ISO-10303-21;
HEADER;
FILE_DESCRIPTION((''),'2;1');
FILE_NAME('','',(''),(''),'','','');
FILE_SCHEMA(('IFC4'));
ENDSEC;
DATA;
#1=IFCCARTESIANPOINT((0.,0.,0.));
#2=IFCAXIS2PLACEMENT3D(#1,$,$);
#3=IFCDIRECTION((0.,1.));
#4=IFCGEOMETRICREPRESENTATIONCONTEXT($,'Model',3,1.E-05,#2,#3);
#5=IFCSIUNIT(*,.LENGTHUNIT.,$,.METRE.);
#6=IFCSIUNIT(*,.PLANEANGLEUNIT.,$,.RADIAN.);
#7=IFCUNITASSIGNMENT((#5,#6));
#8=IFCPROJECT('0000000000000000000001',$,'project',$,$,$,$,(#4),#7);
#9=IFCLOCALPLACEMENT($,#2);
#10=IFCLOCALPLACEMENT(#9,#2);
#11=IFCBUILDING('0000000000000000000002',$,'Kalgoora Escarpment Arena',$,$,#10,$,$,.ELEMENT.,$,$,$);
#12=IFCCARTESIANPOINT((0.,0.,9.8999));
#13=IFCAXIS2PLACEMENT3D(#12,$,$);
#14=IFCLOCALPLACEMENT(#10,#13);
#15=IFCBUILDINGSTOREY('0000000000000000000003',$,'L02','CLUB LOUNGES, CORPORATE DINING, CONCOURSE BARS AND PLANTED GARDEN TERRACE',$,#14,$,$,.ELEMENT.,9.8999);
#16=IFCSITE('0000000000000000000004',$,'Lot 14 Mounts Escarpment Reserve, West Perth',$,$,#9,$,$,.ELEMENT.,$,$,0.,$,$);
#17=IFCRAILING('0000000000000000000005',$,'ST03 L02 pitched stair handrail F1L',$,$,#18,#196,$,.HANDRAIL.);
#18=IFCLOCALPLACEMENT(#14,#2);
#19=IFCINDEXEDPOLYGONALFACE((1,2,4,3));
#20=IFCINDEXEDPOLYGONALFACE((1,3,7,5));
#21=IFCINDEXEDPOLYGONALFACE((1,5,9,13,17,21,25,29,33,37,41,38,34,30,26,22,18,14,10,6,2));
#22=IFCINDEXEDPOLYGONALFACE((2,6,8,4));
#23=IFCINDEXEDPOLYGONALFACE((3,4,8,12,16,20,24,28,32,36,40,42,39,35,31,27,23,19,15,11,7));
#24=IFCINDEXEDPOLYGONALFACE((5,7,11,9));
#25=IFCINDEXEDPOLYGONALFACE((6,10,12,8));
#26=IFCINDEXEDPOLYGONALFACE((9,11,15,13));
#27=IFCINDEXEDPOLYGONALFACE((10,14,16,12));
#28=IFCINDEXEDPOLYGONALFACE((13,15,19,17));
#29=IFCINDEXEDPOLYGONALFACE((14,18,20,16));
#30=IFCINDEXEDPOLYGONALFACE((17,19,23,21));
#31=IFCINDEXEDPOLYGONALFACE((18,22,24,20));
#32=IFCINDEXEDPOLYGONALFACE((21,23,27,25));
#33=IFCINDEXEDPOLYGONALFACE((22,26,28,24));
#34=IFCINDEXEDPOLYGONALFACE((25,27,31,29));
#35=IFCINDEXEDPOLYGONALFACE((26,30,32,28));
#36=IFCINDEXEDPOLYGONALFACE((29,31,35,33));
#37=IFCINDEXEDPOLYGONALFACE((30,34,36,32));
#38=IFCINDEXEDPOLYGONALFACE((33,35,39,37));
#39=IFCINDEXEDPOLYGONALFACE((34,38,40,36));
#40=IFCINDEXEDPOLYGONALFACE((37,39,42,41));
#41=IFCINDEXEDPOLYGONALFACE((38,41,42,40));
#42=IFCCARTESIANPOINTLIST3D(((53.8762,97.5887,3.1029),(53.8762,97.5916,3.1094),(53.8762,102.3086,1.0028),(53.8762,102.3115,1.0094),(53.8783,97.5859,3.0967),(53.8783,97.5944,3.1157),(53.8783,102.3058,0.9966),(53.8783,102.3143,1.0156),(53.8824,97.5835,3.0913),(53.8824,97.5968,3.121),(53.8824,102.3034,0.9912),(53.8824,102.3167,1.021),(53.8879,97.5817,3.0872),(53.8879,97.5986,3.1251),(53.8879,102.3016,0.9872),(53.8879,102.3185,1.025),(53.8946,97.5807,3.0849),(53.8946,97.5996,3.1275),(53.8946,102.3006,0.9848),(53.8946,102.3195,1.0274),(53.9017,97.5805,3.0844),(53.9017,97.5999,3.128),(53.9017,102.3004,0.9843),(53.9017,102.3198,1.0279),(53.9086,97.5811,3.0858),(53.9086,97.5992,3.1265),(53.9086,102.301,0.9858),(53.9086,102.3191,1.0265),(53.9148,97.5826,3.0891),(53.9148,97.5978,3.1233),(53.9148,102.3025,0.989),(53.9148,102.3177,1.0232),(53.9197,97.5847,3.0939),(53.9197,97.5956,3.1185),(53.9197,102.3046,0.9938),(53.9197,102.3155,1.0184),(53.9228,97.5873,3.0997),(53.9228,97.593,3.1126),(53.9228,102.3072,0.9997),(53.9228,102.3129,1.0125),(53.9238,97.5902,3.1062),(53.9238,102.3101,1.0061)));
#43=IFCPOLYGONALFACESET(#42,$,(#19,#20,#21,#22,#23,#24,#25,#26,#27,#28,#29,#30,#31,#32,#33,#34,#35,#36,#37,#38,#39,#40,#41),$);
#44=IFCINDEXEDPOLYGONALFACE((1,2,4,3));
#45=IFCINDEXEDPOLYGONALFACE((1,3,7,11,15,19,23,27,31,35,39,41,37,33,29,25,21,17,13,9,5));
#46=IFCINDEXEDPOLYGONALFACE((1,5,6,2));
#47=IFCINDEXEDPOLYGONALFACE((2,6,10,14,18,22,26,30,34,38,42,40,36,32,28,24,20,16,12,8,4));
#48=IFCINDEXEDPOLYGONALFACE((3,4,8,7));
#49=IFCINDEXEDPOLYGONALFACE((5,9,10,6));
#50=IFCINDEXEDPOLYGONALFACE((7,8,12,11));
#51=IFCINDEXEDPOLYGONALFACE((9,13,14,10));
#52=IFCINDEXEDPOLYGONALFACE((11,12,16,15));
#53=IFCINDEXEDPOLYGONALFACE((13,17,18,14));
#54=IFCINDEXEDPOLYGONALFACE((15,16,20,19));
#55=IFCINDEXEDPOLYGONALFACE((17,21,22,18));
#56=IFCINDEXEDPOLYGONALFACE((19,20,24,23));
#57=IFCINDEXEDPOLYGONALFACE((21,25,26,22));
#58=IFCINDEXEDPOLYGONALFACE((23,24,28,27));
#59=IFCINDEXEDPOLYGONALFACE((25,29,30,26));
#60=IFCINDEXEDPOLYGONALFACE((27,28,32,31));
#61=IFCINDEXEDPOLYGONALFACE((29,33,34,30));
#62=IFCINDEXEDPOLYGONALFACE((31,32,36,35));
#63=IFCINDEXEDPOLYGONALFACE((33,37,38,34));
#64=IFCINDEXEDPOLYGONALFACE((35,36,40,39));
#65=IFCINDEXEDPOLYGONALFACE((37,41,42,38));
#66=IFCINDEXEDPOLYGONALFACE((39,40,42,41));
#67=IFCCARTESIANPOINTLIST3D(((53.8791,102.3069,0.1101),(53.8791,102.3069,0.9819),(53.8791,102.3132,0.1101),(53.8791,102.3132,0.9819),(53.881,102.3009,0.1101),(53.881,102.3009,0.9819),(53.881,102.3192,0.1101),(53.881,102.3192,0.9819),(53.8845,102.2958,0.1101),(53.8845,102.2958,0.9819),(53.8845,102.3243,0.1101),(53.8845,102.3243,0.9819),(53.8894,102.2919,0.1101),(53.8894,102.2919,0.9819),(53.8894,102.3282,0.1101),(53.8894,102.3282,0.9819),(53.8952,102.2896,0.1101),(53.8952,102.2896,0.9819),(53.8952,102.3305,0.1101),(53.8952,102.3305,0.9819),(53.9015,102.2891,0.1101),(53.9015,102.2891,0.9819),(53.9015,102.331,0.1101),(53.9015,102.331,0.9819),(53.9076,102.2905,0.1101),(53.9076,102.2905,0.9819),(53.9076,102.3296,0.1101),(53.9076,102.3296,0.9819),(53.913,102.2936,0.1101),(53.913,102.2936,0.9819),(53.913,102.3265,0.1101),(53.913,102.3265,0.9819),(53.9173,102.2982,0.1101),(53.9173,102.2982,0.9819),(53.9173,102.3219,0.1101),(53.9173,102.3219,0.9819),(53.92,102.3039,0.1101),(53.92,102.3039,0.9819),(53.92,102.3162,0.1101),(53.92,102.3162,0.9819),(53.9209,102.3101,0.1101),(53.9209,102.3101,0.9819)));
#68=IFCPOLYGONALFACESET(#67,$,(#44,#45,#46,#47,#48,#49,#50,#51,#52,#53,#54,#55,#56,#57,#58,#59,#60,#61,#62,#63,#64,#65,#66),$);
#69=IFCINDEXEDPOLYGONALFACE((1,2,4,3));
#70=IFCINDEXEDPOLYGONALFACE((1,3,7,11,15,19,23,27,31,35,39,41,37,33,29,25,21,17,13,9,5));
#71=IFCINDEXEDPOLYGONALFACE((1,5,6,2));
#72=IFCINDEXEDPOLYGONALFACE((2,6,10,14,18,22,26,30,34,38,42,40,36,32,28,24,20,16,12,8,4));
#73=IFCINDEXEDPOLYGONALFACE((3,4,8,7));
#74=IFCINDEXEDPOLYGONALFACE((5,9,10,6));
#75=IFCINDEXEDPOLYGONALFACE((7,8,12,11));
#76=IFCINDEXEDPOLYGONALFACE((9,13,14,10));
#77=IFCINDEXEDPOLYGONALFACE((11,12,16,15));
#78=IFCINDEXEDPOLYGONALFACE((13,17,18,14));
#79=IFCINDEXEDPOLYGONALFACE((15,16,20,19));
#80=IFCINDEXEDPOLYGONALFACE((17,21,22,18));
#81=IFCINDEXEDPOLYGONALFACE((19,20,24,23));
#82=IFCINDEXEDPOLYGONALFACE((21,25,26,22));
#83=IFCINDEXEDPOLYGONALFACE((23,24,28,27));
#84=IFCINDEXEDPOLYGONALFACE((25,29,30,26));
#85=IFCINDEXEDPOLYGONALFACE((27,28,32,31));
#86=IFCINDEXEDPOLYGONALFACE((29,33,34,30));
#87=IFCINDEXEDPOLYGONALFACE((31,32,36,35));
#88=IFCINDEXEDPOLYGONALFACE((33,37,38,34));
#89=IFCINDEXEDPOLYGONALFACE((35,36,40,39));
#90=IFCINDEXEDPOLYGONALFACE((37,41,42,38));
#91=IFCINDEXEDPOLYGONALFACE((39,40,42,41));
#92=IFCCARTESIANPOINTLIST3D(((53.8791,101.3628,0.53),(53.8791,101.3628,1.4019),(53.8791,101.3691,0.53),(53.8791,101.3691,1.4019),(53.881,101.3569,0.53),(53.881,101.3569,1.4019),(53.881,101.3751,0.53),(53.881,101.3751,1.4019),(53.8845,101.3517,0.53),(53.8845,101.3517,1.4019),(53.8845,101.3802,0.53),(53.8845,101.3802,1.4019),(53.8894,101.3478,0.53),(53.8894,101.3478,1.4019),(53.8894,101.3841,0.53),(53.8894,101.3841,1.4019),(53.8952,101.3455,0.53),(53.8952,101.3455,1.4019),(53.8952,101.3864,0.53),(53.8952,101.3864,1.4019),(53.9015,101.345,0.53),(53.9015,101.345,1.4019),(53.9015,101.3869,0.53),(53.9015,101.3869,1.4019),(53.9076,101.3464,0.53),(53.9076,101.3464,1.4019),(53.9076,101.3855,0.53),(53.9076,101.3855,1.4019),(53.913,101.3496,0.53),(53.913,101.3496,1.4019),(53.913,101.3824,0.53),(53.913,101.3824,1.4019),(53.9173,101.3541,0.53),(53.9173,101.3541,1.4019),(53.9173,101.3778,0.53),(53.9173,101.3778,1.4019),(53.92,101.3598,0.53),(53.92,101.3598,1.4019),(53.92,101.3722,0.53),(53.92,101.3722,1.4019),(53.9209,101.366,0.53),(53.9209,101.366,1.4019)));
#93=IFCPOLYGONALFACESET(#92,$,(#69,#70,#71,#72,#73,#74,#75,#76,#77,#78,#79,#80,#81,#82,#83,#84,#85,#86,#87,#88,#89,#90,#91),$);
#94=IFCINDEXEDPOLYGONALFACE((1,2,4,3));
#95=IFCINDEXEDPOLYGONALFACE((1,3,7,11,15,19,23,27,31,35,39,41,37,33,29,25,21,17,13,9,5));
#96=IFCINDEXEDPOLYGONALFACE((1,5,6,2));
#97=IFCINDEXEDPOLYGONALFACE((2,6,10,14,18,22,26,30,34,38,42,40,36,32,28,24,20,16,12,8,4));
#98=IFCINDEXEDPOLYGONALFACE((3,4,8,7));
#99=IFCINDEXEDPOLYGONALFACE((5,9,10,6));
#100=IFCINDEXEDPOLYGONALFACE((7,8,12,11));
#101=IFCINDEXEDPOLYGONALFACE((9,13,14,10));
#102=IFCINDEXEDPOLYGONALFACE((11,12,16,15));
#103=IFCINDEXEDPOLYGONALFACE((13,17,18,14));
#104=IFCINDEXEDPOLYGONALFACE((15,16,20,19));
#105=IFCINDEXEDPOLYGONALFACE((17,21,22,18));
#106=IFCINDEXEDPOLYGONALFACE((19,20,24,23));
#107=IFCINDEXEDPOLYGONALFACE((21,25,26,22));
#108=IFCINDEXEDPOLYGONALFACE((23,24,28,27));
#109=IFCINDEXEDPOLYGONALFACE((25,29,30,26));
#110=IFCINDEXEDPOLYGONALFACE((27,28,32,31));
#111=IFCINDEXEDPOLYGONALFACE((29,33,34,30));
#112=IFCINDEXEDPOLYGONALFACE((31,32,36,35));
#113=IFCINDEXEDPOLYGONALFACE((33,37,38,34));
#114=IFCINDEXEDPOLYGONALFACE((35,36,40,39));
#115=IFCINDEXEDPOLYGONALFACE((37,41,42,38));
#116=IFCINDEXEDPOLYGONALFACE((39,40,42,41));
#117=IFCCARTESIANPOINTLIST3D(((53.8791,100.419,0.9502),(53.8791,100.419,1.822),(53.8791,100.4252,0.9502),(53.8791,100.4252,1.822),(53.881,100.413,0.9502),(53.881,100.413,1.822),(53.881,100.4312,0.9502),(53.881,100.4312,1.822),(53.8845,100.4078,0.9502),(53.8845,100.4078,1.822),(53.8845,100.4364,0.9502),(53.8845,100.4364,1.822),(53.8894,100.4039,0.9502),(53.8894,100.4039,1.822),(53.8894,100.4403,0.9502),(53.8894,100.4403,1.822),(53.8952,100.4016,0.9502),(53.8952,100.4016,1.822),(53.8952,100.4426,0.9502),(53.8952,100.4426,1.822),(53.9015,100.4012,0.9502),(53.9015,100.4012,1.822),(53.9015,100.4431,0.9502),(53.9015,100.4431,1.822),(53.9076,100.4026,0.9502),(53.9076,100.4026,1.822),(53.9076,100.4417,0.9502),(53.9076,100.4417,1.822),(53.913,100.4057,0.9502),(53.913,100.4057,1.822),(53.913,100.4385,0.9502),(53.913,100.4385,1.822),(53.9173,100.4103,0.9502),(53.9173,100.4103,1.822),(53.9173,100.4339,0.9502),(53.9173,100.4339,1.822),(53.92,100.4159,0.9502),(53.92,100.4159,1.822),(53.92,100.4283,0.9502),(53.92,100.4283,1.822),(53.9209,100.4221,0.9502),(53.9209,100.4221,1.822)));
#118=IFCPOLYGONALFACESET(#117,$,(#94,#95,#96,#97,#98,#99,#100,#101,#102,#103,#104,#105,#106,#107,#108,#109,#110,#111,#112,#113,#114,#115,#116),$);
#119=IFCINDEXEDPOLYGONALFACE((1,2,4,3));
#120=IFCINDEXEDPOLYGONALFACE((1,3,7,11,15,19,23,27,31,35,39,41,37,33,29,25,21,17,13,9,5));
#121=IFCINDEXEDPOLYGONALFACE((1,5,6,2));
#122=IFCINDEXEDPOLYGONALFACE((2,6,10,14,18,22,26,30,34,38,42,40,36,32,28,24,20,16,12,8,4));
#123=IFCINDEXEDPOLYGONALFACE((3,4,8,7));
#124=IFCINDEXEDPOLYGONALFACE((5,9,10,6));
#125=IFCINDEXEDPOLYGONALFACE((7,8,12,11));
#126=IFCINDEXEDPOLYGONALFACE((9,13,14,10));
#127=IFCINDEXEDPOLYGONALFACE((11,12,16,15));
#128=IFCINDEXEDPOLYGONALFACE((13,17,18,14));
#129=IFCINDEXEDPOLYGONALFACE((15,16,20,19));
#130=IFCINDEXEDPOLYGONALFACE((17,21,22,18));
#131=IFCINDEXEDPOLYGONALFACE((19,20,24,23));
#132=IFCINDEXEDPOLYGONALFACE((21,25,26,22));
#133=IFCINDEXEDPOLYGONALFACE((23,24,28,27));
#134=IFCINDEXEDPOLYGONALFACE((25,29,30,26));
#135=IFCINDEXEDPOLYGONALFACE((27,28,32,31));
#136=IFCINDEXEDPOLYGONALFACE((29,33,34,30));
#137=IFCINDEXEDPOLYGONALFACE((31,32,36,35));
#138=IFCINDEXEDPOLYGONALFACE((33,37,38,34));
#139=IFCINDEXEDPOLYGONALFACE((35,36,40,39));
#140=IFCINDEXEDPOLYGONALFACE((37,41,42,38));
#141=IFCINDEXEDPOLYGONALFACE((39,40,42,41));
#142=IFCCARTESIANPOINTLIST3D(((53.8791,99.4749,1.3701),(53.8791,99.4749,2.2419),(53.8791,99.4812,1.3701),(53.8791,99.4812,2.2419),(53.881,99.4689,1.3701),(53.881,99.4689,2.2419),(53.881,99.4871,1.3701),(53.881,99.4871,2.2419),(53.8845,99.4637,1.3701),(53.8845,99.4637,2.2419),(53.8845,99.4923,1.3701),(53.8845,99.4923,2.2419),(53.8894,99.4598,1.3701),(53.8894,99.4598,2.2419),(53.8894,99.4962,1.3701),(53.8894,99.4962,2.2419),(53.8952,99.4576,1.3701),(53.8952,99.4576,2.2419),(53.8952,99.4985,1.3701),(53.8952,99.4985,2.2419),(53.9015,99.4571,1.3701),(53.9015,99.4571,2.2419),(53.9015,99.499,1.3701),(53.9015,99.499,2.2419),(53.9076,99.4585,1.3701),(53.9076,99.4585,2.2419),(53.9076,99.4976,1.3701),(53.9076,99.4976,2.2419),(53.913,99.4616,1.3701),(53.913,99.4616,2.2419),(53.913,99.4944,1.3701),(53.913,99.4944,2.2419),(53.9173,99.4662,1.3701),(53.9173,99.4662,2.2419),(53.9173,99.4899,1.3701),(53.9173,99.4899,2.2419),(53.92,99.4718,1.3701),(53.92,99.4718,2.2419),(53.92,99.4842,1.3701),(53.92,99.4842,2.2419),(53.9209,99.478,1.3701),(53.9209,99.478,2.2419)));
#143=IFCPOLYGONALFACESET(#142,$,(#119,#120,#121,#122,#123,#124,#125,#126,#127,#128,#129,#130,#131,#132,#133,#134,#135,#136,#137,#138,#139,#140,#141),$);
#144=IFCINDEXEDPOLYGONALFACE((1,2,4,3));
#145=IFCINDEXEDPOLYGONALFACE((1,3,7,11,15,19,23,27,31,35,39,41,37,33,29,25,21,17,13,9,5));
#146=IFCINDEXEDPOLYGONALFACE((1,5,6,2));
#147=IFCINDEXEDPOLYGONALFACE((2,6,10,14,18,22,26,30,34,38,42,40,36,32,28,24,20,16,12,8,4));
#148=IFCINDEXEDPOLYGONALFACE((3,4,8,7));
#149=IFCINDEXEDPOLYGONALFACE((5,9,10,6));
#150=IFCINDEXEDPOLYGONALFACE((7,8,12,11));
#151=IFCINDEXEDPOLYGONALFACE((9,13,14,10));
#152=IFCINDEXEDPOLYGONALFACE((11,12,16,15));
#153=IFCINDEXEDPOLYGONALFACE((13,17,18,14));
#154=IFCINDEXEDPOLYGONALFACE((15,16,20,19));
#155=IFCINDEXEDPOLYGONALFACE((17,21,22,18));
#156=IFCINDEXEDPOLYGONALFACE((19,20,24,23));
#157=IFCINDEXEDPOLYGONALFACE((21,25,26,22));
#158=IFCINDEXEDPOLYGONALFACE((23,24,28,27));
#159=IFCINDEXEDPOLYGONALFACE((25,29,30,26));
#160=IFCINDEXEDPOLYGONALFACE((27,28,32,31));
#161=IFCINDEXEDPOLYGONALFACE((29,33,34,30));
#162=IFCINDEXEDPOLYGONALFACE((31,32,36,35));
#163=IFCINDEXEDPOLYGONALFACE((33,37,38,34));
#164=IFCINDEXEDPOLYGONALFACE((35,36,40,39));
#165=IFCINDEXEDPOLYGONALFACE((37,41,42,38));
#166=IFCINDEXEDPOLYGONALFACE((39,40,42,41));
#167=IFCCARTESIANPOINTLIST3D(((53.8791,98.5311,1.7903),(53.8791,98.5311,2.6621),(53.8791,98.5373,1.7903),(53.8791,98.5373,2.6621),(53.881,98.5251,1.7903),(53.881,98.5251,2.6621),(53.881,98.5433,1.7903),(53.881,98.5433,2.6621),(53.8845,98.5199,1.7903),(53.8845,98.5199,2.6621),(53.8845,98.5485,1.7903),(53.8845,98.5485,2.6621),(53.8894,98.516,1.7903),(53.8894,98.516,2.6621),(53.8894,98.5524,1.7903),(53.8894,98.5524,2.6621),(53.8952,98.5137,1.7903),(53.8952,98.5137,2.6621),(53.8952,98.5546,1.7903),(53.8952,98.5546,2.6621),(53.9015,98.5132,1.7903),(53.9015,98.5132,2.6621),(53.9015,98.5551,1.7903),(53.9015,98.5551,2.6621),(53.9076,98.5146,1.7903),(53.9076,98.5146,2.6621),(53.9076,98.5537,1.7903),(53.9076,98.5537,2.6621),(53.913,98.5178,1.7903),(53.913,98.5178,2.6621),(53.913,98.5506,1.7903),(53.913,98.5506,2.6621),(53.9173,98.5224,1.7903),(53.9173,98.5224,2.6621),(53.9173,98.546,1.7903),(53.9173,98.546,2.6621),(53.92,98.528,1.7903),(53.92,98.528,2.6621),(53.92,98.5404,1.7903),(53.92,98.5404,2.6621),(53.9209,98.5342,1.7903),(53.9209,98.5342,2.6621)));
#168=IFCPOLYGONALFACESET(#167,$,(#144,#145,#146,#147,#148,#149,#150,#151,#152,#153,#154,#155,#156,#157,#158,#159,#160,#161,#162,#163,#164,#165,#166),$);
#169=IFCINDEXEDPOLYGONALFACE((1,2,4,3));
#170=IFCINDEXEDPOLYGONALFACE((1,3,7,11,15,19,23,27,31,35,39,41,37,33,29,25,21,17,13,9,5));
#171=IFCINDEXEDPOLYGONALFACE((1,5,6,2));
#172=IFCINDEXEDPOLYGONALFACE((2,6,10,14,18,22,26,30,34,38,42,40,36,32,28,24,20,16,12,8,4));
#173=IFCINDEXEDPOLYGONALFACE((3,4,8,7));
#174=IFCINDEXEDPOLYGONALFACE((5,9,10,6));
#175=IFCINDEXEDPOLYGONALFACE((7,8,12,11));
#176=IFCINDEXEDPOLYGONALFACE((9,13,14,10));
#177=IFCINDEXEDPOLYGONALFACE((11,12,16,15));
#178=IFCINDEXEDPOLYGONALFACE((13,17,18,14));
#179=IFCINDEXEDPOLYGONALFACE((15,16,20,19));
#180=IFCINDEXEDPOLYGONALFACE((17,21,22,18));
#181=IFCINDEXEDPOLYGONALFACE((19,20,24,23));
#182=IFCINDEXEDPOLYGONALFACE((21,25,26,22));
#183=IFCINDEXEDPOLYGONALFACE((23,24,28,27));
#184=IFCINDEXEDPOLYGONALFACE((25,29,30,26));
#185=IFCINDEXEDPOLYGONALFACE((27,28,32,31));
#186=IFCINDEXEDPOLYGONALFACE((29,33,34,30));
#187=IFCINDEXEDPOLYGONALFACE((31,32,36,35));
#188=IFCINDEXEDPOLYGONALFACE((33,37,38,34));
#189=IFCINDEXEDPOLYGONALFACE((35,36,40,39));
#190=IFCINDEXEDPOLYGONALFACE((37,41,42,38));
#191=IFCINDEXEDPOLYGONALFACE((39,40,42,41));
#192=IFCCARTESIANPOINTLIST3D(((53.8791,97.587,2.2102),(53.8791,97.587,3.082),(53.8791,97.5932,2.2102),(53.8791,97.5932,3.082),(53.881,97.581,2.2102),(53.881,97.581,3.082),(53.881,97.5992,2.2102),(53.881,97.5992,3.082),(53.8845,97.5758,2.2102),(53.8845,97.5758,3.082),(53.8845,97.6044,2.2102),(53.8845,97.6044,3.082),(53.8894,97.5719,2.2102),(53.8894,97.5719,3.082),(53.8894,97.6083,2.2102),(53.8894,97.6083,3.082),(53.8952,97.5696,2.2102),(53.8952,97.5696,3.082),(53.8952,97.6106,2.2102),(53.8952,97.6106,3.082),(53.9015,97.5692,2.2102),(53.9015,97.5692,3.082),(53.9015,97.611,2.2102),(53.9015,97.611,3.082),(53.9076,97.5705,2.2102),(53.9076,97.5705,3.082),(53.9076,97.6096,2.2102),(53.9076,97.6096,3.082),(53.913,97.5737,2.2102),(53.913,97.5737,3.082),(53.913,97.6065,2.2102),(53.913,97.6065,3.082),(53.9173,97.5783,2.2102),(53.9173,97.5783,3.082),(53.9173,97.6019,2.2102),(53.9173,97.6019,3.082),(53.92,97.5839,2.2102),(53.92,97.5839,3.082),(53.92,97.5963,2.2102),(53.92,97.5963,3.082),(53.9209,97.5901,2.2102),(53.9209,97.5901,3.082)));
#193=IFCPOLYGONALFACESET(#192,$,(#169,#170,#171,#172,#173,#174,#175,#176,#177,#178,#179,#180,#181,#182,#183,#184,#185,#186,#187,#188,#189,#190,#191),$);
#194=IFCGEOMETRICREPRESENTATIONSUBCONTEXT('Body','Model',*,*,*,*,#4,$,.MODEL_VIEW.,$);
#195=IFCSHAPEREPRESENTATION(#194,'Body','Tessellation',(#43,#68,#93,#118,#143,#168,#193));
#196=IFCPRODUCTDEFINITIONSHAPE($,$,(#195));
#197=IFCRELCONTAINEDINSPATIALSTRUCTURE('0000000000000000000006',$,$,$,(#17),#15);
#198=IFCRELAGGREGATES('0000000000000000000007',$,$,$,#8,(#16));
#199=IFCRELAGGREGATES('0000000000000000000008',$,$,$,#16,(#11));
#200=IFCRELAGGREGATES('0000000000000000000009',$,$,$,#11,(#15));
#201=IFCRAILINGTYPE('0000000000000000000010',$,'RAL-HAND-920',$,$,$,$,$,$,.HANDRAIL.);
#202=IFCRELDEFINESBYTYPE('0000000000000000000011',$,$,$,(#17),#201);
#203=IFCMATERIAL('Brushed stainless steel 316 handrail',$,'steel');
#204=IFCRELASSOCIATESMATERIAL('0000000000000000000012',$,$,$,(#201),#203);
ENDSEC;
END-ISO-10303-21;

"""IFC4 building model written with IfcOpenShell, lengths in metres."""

from ifc_helpers import new_model, si_unit, direction, frame, origin, origin_2d, place, context, subcontext, project, spatial, circle, extrude, material, type_object, element, save


model = new_model("IFC4")

# Units and contexts
model_context = context("Model", 3, precision=1e-05, world=origin(), true_north=direction((0.0, 1.0)))
body_context = subcontext(model_context, "Body", "Model", "MODEL_VIEW")
ifc_project = project(units=[si_unit("LENGTHUNIT", "METRE"), si_unit("PLANEANGLEUNIT", "RADIAN")], contexts=[model_context])

# Site, building, storey
site_placement = place(None, origin())
site = spatial("IfcSite", under=ifc_project, at=site_placement, Name="Lot 14 Mounts Escarpment Reserve, West Perth", CompositionType="ELEMENT", RefElevation=0.0)
building_placement = place(site_placement, origin())
building = spatial("IfcBuilding", under=site, at=building_placement, Name="Kalgoora Escarpment Arena", CompositionType="ELEMENT")
storey_placement = place(building_placement, frame((0.0, 0.0, 9.8999)))
storey = spatial("IfcBuildingStorey", under=building, at=storey_placement, Name="L02", Description="CLUB LOUNGES, CORPORATE DINING, CONCOURSE BARS AND PLANTED GARDEN TERRACE", CompositionType="ELEMENT", Elevation=9.8999)

# Railing
ifc_material_1 = material(Name="Brushed stainless steel 316 handrail", Category="steel")
railing_type_1 = type_object("IfcRailingType", Name="RAL-HAND-920", PredefinedType="HANDRAIL", material=ifc_material_1)
railing_1_placement = place(storey_placement, frame((53.8999, 102.3101, 0.1101)))
element("IfcRailing", 1, at=railing_1_placement, inside=storey, type_object=railing_type_1, Name="ST03 L02 pitched stair handrail F1L", PredefinedType="HANDRAIL", context=body_context, shape_type="SweptSolid", body=[
    extrude(circle(Radius=0.0239, at=origin_2d()), frame((0.0, 0.0, 0.896), z_axis=(0.0, -0.913644, 0.406516), x_axis=(1.0, 0.0, 0.0)), (0.0, 0.0, 1.0), 5.166),
    extrude(circle(Radius=0.021, at=origin_2d()), origin(), (0.0, 0.0, 1.0), 0.8718),
    extrude(circle(Radius=0.021, at=origin_2d()), frame((0.0, -0.9441, 0.4199)), (0.0, 0.0, 1.0), 0.8718),
    extrude(circle(Radius=0.021, at=origin_2d()), frame((0.0, -1.8879, 0.8401)), (0.0, 0.0, 1.0), 0.8718),
    extrude(circle(Radius=0.021, at=origin_2d()), frame((0.0, -2.832, 1.26)), (0.0, 0.0, 1.0), 0.8718),
    extrude(circle(Radius=0.021, at=origin_2d()), frame((0.0, -3.7759, 1.6802)), (0.0, 0.0, 1.0), 0.8718),
    extrude(circle(Radius=0.021, at=origin_2d()), frame((0.0, -4.72, 2.1001)), (0.0, 0.0, 1.0), 0.8718),
])

save(model, "model.ifc")
